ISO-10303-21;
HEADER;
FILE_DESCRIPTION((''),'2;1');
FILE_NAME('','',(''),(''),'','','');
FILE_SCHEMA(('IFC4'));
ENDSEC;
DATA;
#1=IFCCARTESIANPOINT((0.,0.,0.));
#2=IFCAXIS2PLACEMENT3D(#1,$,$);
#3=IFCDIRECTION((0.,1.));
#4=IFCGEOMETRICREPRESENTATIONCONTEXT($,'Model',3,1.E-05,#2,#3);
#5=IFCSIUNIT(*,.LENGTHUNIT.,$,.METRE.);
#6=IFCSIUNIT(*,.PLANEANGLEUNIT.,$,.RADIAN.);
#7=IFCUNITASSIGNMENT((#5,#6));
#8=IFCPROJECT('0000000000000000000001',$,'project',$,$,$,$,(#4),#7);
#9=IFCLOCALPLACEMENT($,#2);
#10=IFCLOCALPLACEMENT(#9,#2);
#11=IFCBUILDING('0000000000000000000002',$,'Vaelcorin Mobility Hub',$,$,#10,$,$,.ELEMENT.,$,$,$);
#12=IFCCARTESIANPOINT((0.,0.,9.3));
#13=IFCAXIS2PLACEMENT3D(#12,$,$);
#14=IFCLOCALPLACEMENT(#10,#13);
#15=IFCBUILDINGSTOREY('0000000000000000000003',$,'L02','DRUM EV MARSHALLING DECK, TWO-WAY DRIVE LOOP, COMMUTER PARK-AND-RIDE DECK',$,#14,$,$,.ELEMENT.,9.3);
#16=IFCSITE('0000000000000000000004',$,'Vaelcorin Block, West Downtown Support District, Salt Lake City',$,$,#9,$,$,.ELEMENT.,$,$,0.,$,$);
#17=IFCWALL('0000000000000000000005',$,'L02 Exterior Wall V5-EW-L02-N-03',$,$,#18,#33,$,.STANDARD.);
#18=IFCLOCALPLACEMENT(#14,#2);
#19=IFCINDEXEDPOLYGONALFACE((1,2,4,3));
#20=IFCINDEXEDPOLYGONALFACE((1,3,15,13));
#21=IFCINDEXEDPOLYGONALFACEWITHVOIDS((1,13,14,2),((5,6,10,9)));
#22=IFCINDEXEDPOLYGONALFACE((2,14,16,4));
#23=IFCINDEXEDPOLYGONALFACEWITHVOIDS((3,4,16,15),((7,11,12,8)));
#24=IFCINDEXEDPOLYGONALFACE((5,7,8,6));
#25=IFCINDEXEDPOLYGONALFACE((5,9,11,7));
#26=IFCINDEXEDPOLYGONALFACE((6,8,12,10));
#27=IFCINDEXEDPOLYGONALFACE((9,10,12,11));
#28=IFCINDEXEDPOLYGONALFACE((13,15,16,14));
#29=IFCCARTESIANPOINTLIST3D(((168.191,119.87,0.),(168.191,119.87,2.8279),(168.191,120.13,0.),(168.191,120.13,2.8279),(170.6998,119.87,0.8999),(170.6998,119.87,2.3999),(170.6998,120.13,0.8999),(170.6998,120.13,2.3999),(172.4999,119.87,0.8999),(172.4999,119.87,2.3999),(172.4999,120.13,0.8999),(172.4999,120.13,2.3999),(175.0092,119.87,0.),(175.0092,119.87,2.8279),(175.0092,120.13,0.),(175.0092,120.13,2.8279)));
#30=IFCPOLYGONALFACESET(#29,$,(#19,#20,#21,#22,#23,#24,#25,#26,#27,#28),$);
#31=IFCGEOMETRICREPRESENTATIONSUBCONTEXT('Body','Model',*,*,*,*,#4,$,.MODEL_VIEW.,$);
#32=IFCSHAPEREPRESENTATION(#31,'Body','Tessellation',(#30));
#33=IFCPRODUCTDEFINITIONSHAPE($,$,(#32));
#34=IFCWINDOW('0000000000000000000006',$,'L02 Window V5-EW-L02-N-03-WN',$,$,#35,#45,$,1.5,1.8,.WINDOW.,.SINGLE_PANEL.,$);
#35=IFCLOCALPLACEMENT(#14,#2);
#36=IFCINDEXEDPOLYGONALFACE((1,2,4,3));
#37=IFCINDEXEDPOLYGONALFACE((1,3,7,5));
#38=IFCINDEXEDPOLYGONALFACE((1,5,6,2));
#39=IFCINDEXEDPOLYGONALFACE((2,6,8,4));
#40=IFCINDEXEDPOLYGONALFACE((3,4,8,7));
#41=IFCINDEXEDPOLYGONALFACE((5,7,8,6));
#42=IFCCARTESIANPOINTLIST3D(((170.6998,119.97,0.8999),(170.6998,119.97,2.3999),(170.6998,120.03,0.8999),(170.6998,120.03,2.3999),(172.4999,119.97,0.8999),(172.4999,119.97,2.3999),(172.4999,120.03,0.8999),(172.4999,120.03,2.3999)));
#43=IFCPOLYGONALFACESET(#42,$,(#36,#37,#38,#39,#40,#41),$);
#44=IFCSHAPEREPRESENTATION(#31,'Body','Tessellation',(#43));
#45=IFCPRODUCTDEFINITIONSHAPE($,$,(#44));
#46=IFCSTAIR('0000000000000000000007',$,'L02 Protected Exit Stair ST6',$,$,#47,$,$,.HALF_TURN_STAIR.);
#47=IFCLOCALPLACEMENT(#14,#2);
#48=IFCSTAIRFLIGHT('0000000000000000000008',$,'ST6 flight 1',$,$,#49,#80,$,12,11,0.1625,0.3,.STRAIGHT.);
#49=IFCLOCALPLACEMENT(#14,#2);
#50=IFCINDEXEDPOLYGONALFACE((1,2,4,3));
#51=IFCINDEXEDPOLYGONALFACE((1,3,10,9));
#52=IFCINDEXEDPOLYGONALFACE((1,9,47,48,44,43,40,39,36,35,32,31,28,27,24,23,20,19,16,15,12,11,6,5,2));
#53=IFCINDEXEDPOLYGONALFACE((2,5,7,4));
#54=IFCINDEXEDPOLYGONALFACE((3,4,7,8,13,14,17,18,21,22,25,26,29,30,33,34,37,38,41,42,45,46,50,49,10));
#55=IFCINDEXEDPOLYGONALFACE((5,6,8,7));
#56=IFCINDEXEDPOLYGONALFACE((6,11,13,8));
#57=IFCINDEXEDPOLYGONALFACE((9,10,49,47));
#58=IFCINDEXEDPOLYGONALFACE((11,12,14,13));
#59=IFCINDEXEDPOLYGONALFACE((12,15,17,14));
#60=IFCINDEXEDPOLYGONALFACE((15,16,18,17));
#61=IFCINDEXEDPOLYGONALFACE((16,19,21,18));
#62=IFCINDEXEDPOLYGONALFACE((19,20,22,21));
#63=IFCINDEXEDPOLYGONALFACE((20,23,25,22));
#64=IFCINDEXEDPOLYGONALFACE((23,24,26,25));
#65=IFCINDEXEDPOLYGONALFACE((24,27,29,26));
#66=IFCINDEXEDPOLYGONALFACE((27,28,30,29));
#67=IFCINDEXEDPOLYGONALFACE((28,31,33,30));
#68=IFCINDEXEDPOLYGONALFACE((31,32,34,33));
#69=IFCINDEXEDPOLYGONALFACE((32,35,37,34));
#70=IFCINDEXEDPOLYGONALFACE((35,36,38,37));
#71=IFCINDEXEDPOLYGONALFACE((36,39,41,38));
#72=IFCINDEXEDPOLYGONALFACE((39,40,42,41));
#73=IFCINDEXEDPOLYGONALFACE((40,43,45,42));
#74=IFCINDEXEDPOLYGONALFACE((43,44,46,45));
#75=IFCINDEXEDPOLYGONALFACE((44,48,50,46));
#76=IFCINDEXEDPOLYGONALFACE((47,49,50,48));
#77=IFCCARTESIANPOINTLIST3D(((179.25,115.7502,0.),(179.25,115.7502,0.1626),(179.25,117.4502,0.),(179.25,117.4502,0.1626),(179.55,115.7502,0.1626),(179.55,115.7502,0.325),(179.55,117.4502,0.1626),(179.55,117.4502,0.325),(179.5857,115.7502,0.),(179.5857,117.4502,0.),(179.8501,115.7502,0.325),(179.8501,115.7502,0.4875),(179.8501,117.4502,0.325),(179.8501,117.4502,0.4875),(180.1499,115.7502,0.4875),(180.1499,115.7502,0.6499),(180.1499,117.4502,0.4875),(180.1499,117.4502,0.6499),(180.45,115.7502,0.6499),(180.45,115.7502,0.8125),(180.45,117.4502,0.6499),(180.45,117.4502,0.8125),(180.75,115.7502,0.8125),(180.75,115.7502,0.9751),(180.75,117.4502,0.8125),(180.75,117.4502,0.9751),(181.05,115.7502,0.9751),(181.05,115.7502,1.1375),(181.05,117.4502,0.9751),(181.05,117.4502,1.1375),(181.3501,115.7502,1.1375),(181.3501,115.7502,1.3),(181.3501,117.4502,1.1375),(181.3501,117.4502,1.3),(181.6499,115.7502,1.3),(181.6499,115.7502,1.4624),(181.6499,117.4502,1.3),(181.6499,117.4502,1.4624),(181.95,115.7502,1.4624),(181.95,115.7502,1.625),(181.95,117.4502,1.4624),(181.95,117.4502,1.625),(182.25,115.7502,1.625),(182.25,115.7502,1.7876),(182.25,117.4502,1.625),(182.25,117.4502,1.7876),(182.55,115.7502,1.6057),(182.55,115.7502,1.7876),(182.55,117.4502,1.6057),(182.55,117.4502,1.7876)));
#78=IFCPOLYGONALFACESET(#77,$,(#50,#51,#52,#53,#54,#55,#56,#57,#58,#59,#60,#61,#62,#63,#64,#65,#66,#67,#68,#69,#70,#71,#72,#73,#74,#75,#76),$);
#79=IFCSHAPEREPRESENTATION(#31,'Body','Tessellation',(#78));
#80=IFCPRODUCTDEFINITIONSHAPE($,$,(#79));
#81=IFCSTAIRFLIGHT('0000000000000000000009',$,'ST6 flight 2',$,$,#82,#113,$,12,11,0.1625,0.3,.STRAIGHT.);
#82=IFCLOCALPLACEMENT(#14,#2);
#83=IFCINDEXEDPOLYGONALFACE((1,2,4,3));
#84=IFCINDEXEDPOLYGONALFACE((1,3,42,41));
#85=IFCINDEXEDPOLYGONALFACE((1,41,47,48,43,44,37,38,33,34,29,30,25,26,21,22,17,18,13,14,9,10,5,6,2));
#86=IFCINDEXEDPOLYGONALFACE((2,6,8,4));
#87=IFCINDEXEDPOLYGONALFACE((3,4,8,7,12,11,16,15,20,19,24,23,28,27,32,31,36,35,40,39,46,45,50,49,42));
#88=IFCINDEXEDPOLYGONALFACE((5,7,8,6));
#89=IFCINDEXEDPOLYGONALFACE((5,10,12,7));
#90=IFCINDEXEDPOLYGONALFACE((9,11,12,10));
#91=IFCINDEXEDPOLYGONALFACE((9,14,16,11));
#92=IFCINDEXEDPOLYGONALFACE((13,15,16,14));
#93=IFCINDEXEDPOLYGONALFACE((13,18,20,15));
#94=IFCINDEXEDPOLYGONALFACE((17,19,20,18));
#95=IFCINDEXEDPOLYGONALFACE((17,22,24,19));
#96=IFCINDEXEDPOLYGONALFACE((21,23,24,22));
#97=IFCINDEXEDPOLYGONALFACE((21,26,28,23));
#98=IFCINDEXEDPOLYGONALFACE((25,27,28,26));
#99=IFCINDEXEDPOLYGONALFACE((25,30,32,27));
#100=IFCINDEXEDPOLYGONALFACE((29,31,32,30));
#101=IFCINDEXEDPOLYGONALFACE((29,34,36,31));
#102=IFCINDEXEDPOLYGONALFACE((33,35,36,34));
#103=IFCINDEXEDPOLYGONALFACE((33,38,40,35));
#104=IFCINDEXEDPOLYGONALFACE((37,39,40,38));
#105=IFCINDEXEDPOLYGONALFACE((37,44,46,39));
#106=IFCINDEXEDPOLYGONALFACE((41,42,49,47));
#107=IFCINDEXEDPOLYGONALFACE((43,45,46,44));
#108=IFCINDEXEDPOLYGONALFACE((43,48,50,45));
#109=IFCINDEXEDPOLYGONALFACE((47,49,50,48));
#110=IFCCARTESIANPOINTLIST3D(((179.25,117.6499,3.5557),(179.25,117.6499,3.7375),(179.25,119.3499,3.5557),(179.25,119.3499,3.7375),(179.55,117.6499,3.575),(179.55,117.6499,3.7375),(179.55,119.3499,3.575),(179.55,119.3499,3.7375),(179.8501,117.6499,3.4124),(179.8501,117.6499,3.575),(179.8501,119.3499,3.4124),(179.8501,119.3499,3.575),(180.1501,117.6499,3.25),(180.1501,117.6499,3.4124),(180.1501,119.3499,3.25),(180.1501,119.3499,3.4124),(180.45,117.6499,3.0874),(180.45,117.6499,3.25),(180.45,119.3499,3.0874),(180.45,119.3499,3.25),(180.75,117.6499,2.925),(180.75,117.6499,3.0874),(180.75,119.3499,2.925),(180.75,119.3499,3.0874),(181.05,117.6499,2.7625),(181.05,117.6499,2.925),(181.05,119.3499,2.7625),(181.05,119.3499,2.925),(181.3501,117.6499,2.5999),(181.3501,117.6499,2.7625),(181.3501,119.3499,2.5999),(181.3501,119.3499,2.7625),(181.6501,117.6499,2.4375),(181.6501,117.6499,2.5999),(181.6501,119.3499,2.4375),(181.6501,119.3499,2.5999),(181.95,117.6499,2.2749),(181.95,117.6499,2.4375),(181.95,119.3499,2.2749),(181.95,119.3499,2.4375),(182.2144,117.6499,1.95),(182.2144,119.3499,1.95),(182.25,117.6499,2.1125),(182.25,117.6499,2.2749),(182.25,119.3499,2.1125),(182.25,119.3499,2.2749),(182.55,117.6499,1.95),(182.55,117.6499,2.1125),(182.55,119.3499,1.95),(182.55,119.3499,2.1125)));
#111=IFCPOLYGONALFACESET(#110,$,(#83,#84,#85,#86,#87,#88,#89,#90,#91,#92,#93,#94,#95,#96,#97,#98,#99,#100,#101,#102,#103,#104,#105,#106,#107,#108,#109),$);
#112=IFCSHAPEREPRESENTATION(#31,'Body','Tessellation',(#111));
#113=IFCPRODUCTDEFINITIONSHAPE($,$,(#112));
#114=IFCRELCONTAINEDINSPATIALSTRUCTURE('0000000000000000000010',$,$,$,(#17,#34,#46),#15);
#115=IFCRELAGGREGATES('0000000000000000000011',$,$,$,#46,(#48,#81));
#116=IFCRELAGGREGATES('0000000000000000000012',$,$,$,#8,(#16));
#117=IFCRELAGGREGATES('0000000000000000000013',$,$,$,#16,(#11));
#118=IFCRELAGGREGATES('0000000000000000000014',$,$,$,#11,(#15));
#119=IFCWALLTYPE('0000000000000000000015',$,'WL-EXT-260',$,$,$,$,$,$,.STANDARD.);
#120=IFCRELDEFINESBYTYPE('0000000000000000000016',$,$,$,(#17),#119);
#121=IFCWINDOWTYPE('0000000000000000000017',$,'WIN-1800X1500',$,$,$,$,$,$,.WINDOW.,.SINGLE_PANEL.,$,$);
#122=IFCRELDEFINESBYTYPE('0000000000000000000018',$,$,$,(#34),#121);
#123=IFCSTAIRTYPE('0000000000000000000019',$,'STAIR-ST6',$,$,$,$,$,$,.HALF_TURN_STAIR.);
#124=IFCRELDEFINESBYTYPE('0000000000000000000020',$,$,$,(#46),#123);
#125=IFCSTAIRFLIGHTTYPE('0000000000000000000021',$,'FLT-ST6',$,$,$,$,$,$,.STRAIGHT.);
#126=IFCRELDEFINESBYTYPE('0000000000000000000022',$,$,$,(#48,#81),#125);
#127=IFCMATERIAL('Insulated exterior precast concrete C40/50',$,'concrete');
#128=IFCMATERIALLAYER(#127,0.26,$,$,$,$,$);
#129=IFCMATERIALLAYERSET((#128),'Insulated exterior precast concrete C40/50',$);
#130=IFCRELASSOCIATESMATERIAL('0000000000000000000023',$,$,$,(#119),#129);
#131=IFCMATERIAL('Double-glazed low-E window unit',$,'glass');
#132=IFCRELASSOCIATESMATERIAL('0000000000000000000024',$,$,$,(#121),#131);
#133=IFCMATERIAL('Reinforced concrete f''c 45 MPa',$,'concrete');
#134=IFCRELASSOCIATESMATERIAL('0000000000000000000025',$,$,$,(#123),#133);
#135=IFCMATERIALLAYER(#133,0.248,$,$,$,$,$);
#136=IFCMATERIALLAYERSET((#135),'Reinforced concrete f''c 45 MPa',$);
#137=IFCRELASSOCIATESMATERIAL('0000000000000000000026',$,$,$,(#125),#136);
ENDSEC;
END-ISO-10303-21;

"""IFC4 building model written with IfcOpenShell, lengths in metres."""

from ifc_helpers import new_model, si_unit, direction, frame, frame_2d, origin, place, context, subcontext, project, spatial, polyline, rectangle, outline, extrude, material, layer, layer_set, type_object, element, fill, aggregate, save


model = new_model("IFC4")

# Units and contexts
model_context = context("Model", 3, precision=1e-05, world=origin(), true_north=direction((0.0, 1.0)))
body_context = subcontext(model_context, "Body", "Model", "MODEL_VIEW")
ifc_project = project(units=[si_unit("LENGTHUNIT", "METRE"), si_unit("PLANEANGLEUNIT", "RADIAN")], contexts=[model_context])

# Site, building, storey
site_placement = place(None, origin())
site = spatial("IfcSite", under=ifc_project, at=site_placement, Name="Vaelcorin Block, West Downtown Support District, Salt Lake City", CompositionType="ELEMENT", RefElevation=0.0)
building_placement = place(site_placement, origin())
building = spatial("IfcBuilding", under=site, at=building_placement, Name="Vaelcorin Mobility Hub", CompositionType="ELEMENT")
storey_placement = place(building_placement, frame((0.0, 0.0, 9.3)))
storey = spatial("IfcBuildingStorey", under=building, at=storey_placement, Name="L02", Description="DRUM EV MARSHALLING DECK, TWO-WAY DRIVE LOOP, COMMUTER PARK-AND-RIDE DECK", CompositionType="ELEMENT", Elevation=9.3)

# Shared definitions
ifc_material_1 = material(Name="Reinforced concrete f'c 45 MPa", Category="concrete")

# Wall, opening, window
ifc_material_2 = material(Name="Insulated exterior precast concrete C40/50", Category="concrete")
ifc_layer_1 = layer(ifc_material_2, 0.26)
ifc_layer_set_1 = layer_set([ifc_layer_1], Name="Insulated exterior precast concrete C40/50")
wall_type_1 = type_object("IfcWallType", Name="WL-EXT-260", PredefinedType="STANDARD", material=ifc_layer_set_1)
ifc_material_3 = material(Name="Double-glazed low-E window unit", Category="glass")
window_type = type_object("IfcWindowType", Name="WIN-1800X1500", PartitioningType="SINGLE_PANEL", PredefinedType="WINDOW", material=ifc_material_3)
wall_1_placement = place(storey_placement, frame((168.1909, 120.0, 0.0), z_axis=(0.0, 0.0, 1.0), x_axis=(1.0, 0.0, 0.0)))
wall_1 = element("IfcWall", 1, at=wall_1_placement, inside=storey, type_object=wall_type_1, Name="L02 Exterior Wall V5-EW-L02-N-03", PredefinedType="STANDARD", context=body_context, shape_type="SweptSolid", body=[
    extrude(rectangle(XDim=6.8181, YDim=0.26, at=frame_2d((3.4092, 0.0))), origin(), (0.0, 0.0, 1.0), 2.8279),
])
opening_1_placement = place(wall_1_placement, frame((2.509, 0.0, 0.8999)))
opening_1 = element("IfcOpeningElement", 2, at=opening_1_placement, cuts=wall_1, PredefinedType="OPENING", context=body_context, shape_type="SweptSolid", body=[
    extrude(rectangle(XDim=1.8, YDim=1.5, at=frame_2d((0.8999, 0.75))), frame((0.0, 0.1399, 0.0), z_axis=(0.0, -1.0, 0.0), x_axis=(1.0, 0.0, 0.0)), (0.0, 0.0, 1.0), 0.28),
])
window_1_placement = place(opening_1_placement, origin())
window_1 = element("IfcWindow", 3, at=window_1_placement, inside=storey, type_object=window_type, Name="L02 Window V5-EW-L02-N-03-WN", OverallHeight=1.5, OverallWidth=1.8, PartitioningType="SINGLE_PANEL", PredefinedType="WINDOW", context=body_context, shape_type="SweptSolid", body=[
    extrude(rectangle(XDim=1.8, YDim=1.5, at=frame_2d((0.8999, 0.75))), frame((0.0, 0.03, 0.0), z_axis=(0.0, -1.0, 0.0), x_axis=(1.0, 0.0, 0.0)), (0.0, 0.0, 1.0), 0.0601),
])
fill(opening_1, window_1)

# Stair, stair flights
stair_type = type_object("IfcStairType", Name="STAIR-ST6", PredefinedType="HALF_TURN_STAIR", material=ifc_material_1)
stair_placement = place(storey_placement, origin())
stair = element("IfcStair", 4, at=stair_placement, inside=storey, type_object=stair_type, Name="L02 Protected Exit Stair ST6", PredefinedType="HALF_TURN_STAIR")
ifc_layer_2 = layer(ifc_material_1, 0.248)
ifc_layer_set_2 = layer_set([ifc_layer_2], Name="Reinforced concrete f'c 45 MPa")
stair_flight_type = type_object("IfcStairFlightType", Name="FLT-ST6", PredefinedType="STRAIGHT", material=ifc_layer_set_2)
stair_flight_1_placement = place(storey_placement, frame((179.25, 116.6001, 0.0), z_axis=(0.0, 0.0, 1.0), x_axis=(1.0, 0.0, 0.0)))
stair_flight_1 = element("IfcStairFlight", 5, at=stair_flight_1_placement, type_object=stair_flight_type, Name="ST6 flight 1", NumberOfRisers=12, NumberOfTreads=11, PredefinedType="STRAIGHT", RiserHeight=0.1625, TreadLength=0.3, context=body_context, shape_type="SweptSolid", body=[
    extrude(outline(polyline([(0.0, 0.0), (0.0, 0.1626), (0.3, 0.1626), (0.3, 0.325), (0.6001, 0.325), (0.6001, 0.4875), (0.8999, 0.4875), (0.8999, 0.6499), (1.2, 0.6499), (1.2, 0.8125), (1.5, 0.8125), (1.5, 0.9751), (1.8, 0.9751), (1.8, 1.1375), (2.1001, 1.1375), (2.1001, 1.3), (2.3999, 1.3), (2.3999, 1.4624), (2.7, 1.4624), (2.7, 1.625), (3.0, 1.625), (3.0, 1.7876), (3.3, 1.7876), (3.3, 1.95), (3.3, 1.6057), (0.3357, 0.0), (0.0, 0.0)])), frame((0.0, 0.8501, 0.0), z_axis=(0.0, -1.0, 0.0), x_axis=(1.0, 0.0, 0.0)), (0.0, 0.0, 1.0), 1.7),
])
stair_flight_2_placement = place(storey_placement, frame((182.55, 118.5, 1.95), z_axis=(0.0, 0.0, 1.0), x_axis=(-1.0, 0.0, 0.0)))
stair_flight_2 = element("IfcStairFlight", 6, at=stair_flight_2_placement, type_object=stair_flight_type, Name="ST6 flight 2", NumberOfRisers=12, NumberOfTreads=11, PredefinedType="STRAIGHT", RiserHeight=0.1625, TreadLength=0.3, context=body_context, shape_type="SweptSolid", body=[
    extrude(outline(polyline([(0.0, 0.0), (0.0, 0.1626), (0.3, 0.1626), (0.3, 0.325), (0.6001, 0.325), (0.6001, 0.4875), (0.8999, 0.4875), (0.8999, 0.6499), (1.2, 0.6499), (1.2, 0.8125), (1.5, 0.8125), (1.5, 0.9751), (1.8, 0.9751), (1.8, 1.1375), (2.1001, 1.1375), (2.1001, 1.3), (2.3999, 1.3), (2.3999, 1.4624), (2.7, 1.4624), (2.7, 1.625), (3.0, 1.625), (3.0, 1.7876), (3.3, 1.7876), (3.3, 1.95), (3.3, 1.6057), (0.3357, 0.0), (0.0, 0.0)])), frame((0.0, 0.8501, 0.0), z_axis=(0.0, -1.0, 0.0), x_axis=(1.0, 0.0, 0.0)), (0.0, 0.0, 1.0), 1.7),
])
aggregate(stair, [stair_flight_1, stair_flight_2])

save(model, "model.ifc")
